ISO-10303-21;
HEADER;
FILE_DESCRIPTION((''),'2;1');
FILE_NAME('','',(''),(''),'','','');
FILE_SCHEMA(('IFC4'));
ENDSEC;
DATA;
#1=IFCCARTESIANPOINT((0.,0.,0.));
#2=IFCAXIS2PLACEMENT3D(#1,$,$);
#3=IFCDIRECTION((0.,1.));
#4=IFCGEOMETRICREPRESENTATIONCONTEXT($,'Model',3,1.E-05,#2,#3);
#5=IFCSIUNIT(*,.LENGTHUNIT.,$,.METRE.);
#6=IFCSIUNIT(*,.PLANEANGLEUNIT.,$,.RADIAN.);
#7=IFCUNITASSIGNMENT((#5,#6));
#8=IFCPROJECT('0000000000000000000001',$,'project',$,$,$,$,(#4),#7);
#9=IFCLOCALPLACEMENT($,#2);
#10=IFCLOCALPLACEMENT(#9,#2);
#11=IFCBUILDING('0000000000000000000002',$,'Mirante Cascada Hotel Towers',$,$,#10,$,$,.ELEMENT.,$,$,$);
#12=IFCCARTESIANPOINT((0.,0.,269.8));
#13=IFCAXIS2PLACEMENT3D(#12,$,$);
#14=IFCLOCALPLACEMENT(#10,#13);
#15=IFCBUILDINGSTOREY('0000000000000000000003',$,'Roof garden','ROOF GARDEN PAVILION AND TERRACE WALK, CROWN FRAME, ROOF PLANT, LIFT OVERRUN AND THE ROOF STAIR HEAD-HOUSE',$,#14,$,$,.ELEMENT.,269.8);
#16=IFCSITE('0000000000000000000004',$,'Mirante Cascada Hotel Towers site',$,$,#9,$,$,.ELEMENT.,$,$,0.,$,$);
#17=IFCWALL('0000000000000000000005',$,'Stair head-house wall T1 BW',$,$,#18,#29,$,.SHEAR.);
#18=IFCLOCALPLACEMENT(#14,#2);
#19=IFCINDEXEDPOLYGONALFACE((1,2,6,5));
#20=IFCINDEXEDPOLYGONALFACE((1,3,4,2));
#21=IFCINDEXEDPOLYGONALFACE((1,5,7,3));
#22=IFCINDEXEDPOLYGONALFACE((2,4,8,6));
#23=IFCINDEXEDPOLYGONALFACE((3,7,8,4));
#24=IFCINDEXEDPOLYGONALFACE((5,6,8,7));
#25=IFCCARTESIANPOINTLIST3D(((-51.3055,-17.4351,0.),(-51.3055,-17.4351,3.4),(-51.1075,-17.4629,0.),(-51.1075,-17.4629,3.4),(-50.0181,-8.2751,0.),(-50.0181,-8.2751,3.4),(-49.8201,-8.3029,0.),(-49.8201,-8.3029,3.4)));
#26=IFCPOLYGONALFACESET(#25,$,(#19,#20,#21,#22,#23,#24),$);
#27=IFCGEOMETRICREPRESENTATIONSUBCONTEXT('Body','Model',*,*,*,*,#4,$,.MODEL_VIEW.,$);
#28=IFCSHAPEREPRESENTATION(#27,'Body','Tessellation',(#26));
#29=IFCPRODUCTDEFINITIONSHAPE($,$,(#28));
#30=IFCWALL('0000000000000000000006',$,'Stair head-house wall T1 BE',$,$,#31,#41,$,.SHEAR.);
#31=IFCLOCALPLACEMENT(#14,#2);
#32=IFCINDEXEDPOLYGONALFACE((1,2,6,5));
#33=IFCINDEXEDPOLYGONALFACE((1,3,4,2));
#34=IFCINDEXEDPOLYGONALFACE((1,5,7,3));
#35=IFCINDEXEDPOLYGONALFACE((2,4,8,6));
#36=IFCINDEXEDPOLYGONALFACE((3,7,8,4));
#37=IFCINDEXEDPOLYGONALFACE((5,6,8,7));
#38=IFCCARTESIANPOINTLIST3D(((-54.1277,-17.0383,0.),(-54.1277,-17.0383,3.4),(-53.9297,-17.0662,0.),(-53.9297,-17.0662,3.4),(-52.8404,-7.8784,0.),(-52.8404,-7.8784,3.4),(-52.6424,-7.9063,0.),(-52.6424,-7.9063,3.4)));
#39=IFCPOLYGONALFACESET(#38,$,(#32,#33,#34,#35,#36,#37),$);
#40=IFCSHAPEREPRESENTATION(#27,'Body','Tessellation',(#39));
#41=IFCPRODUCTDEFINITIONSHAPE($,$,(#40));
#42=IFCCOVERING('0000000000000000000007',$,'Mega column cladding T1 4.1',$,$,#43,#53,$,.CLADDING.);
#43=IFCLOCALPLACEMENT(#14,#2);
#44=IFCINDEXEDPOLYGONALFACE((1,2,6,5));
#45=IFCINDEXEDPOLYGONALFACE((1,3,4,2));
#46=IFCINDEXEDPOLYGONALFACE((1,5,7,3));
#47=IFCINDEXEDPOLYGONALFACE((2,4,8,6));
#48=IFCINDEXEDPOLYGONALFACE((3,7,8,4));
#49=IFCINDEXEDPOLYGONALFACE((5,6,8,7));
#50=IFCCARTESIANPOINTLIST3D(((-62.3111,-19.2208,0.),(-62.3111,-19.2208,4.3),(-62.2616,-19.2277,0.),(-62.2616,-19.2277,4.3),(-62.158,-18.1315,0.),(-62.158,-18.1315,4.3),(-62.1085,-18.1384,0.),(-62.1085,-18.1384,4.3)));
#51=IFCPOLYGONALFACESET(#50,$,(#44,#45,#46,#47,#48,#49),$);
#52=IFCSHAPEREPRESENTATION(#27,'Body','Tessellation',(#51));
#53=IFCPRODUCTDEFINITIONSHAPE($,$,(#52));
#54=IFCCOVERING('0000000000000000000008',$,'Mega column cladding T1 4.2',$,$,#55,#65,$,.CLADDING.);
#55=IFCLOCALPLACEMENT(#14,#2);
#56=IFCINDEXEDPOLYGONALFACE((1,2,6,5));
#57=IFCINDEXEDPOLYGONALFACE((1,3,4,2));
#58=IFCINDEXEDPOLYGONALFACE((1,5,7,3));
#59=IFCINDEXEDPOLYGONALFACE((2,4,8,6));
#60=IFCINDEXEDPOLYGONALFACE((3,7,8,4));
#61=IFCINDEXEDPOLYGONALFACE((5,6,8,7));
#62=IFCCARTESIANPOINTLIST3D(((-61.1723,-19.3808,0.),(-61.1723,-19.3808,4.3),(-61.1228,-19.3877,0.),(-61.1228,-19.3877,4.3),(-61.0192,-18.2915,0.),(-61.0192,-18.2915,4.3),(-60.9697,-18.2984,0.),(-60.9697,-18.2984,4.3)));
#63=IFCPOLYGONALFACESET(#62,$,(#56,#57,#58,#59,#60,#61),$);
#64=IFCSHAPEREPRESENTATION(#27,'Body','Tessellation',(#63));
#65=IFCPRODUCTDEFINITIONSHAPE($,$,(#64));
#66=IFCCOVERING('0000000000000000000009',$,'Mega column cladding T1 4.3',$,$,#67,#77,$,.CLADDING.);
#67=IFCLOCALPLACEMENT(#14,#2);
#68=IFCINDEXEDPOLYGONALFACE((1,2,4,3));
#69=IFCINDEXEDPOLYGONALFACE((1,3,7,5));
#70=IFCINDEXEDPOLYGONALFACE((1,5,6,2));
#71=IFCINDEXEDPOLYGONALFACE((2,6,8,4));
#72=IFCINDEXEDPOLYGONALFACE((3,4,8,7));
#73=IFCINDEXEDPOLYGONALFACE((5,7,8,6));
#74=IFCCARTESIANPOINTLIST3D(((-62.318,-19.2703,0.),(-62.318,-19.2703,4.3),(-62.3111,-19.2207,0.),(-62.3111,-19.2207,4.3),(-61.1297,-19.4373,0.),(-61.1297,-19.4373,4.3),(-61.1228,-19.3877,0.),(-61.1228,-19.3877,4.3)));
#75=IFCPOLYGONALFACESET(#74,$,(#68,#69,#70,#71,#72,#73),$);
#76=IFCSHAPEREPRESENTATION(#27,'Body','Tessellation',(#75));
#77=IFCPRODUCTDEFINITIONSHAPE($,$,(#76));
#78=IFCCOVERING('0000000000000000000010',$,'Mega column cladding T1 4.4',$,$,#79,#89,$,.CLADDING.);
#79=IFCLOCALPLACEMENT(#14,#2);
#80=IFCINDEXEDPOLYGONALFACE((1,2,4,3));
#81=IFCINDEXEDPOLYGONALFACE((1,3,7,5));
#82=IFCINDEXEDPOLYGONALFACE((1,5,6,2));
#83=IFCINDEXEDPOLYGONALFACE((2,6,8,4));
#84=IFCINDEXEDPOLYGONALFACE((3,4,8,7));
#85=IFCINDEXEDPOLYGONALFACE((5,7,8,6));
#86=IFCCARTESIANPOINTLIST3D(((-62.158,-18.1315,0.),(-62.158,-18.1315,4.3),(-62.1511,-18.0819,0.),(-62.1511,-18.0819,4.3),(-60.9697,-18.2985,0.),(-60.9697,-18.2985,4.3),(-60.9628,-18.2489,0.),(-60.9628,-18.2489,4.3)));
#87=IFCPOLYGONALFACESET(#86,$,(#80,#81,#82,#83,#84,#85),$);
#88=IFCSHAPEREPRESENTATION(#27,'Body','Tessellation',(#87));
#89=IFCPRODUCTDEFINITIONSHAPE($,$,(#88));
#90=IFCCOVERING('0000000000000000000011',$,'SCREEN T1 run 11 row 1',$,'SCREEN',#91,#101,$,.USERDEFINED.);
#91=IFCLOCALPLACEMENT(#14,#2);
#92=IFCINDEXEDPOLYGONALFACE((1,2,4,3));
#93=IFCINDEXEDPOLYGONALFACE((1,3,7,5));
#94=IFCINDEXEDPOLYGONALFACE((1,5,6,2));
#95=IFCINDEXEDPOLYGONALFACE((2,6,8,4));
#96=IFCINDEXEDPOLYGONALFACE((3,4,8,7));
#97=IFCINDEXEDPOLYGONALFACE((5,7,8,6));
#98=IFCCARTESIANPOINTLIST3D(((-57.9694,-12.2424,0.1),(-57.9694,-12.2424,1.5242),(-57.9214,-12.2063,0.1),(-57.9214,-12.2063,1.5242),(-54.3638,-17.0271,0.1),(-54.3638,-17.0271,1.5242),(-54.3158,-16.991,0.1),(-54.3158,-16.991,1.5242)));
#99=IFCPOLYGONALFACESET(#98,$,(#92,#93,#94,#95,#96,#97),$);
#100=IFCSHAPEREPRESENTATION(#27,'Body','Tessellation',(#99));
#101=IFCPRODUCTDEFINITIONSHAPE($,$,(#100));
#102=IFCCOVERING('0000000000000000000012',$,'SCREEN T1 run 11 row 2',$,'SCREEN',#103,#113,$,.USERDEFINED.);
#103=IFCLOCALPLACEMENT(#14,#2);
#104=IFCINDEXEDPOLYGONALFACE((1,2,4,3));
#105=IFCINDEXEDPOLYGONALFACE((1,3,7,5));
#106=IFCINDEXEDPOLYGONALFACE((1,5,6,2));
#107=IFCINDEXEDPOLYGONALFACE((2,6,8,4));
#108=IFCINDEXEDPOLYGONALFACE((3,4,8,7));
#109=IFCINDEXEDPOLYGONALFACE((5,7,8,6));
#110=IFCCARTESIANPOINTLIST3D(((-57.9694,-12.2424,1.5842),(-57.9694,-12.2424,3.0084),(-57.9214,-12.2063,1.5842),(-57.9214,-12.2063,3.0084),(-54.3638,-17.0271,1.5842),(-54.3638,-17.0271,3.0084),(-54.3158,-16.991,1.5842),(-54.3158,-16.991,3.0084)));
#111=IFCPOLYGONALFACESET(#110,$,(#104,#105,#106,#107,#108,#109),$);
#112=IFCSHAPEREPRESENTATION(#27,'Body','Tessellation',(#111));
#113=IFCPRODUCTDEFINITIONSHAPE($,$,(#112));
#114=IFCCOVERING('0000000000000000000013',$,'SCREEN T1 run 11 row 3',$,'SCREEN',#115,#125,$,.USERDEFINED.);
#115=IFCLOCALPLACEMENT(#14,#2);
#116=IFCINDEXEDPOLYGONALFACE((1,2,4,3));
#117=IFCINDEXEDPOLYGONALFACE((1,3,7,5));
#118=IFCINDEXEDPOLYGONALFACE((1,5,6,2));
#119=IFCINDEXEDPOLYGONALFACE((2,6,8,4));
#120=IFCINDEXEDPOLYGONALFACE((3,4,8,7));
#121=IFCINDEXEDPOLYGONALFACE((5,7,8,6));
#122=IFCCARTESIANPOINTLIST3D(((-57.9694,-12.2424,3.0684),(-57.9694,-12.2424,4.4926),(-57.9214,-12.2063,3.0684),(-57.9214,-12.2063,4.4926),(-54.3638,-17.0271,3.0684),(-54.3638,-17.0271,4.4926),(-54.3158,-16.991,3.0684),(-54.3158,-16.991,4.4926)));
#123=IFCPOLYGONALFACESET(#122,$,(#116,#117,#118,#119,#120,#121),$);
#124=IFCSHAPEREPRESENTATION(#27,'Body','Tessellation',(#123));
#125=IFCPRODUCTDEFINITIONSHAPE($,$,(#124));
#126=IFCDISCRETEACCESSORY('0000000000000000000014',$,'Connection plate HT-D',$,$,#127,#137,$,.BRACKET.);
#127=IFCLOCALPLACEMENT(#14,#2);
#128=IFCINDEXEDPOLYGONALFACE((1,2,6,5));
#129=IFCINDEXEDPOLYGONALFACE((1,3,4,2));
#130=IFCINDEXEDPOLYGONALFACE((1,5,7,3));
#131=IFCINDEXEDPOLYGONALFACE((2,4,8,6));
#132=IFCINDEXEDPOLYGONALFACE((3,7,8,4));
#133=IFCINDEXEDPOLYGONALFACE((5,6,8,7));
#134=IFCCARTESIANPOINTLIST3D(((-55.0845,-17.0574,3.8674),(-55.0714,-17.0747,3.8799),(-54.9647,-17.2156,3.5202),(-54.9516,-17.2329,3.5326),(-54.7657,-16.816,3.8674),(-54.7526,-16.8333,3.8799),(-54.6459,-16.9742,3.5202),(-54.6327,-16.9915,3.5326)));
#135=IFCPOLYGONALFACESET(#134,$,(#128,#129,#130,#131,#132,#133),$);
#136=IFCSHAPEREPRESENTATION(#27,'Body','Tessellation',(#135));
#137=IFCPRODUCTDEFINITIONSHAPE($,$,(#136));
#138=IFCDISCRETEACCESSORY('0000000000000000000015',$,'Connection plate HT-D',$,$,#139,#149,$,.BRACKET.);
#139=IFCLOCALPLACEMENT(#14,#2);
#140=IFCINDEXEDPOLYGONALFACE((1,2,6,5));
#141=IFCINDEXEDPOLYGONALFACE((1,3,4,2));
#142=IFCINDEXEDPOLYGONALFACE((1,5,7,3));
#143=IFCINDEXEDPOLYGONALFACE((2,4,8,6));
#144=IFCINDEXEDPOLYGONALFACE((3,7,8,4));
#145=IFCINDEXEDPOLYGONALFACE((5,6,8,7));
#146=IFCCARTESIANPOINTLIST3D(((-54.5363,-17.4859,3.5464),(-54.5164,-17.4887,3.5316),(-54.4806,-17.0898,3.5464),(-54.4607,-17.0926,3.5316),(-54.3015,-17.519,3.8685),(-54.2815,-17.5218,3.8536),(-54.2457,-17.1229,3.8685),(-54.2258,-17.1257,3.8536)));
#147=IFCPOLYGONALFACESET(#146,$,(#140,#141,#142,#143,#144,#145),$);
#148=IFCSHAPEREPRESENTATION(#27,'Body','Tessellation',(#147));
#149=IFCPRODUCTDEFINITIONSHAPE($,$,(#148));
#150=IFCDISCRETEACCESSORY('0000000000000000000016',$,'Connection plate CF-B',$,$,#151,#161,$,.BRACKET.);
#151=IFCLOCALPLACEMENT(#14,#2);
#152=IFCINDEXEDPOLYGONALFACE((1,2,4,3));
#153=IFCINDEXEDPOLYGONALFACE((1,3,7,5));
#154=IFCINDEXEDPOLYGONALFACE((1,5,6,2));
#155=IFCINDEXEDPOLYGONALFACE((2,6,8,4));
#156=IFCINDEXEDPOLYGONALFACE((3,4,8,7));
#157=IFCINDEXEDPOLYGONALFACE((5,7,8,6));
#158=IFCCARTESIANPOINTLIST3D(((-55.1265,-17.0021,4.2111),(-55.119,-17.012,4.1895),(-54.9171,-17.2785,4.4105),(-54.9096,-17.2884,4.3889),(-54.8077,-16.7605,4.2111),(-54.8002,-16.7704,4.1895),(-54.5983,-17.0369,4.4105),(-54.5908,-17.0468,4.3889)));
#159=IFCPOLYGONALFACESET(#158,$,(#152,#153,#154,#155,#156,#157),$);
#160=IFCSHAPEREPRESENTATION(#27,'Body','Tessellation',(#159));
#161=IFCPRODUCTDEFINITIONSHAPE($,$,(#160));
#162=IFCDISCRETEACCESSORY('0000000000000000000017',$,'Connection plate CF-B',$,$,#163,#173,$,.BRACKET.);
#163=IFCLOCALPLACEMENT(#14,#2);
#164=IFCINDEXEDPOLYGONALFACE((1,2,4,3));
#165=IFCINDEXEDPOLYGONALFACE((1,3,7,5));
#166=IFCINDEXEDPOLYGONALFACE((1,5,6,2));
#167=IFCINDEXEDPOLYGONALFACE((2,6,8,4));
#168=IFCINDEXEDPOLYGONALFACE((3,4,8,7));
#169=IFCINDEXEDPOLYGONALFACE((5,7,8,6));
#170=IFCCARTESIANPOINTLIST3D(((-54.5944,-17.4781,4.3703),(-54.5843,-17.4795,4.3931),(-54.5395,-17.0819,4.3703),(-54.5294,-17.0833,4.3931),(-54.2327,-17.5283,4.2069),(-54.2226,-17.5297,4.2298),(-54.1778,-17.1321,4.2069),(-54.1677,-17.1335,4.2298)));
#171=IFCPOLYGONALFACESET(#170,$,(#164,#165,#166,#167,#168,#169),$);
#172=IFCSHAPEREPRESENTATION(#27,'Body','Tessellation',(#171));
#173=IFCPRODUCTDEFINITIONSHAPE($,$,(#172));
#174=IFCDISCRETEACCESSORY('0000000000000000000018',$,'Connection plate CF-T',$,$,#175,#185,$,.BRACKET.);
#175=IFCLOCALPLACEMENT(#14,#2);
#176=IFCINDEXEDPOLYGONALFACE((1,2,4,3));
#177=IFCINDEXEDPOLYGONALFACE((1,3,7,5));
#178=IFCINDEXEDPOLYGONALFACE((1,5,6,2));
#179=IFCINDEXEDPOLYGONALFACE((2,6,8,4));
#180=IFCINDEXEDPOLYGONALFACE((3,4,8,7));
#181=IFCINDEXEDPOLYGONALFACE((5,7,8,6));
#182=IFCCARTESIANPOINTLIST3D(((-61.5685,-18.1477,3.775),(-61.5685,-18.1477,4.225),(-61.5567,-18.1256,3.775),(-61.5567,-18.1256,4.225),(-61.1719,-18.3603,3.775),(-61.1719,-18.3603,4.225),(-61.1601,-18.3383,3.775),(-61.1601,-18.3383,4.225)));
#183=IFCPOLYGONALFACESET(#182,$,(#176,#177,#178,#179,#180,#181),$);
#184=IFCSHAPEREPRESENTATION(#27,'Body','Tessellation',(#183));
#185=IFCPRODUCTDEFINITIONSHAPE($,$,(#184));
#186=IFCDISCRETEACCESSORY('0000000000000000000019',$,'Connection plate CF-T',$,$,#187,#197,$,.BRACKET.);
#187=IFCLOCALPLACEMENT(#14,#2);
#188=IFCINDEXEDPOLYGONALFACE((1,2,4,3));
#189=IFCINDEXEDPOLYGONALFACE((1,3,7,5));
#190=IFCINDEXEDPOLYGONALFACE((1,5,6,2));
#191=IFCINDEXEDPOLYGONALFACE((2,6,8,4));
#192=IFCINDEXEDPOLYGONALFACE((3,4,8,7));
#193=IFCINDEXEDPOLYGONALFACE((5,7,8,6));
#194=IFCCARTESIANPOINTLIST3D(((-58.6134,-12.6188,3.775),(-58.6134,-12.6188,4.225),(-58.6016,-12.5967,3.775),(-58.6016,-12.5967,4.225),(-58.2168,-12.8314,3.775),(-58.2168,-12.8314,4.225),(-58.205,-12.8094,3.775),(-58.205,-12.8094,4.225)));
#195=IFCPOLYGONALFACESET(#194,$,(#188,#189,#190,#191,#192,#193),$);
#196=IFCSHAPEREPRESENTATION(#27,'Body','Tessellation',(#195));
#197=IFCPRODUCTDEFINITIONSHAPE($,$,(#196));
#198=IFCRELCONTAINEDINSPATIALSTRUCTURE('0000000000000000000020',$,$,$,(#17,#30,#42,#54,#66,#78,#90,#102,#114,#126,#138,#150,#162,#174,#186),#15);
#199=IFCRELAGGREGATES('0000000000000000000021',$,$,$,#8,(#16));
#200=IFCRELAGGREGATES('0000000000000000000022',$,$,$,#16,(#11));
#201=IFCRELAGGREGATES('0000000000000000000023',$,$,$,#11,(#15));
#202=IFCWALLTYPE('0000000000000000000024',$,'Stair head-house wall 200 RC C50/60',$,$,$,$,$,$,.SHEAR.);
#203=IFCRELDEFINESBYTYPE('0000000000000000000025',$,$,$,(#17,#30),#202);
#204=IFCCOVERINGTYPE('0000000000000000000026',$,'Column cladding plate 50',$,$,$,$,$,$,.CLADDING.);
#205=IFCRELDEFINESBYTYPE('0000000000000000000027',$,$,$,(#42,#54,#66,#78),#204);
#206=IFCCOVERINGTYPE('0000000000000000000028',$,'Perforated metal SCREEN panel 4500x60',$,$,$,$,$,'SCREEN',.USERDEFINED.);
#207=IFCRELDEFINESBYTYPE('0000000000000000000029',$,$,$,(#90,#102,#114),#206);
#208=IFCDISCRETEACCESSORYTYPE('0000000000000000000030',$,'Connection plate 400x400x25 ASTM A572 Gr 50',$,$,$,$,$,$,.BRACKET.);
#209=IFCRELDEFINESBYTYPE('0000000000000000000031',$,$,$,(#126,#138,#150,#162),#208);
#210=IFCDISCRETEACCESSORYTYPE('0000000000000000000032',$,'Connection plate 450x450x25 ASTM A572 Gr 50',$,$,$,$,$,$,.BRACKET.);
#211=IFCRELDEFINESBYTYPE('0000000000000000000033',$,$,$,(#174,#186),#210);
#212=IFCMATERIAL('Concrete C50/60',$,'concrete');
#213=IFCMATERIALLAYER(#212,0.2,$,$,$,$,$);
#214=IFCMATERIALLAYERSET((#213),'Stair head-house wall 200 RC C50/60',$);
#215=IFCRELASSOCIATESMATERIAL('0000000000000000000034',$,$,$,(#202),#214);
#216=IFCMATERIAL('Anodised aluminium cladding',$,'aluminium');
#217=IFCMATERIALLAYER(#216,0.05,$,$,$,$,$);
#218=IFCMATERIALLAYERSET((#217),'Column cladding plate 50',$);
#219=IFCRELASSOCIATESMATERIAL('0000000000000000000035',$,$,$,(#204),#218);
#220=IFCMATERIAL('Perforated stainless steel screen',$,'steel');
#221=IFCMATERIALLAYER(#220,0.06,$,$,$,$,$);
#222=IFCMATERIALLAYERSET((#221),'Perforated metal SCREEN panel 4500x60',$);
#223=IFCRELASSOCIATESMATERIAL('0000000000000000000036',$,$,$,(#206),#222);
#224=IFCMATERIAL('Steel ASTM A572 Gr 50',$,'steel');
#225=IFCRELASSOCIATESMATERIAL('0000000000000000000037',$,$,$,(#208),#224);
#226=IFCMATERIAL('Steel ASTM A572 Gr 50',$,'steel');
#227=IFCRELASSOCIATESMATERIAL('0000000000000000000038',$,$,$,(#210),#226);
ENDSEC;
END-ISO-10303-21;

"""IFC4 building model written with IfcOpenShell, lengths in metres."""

from ifc_helpers import new_model, si_unit, direction, frame, frame_2d, origin, origin_2d, place, context, subcontext, project, spatial, rectangle, extrude, material, layer, layer_set, material_profile, profile_set, type_object, element, save


model = new_model("IFC4")

# Units and contexts
model_context = context("Model", 3, precision=1e-05, world=origin(), true_north=direction((0.0, 1.0)))
body_context = subcontext(model_context, "Body", "Model", "MODEL_VIEW")
ifc_project = project(units=[si_unit("LENGTHUNIT", "METRE"), si_unit("PLANEANGLEUNIT", "RADIAN")], contexts=[model_context])

# Site, building, storey
site_placement = place(None, origin())
site = spatial("IfcSite", under=ifc_project, at=site_placement, Name="Mirante Cascada Hotel Towers site", CompositionType="ELEMENT", RefElevation=0.0)
building_placement = place(site_placement, origin())
building = spatial("IfcBuilding", under=site, at=building_placement, Name="Mirante Cascada Hotel Towers", CompositionType="ELEMENT")
storey_placement = place(building_placement, frame((0.0, 0.0, 269.8)))
storey = spatial("IfcBuildingStorey", under=building, at=storey_placement, Name="Roof garden", Description="ROOF GARDEN PAVILION AND TERRACE WALK, CROWN FRAME, ROOF PLANT, LIFT OVERRUN AND THE ROOF STAIR HEAD-HOUSE", CompositionType="ELEMENT", Elevation=269.8)

# Walls
ifc_material_1 = material(Name="Concrete C50/60", Category="concrete")
ifc_layer_1 = layer(ifc_material_1, 0.2)
ifc_layer_set_1 = layer_set([ifc_layer_1], Name="Stair head-house wall 200 RC C50/60")
wall_type_1 = type_object("IfcWallType", Name="Stair head-house wall 200 RC C50/60", PredefinedType="SHEAR", material=ifc_layer_set_1)
wall_1_placement = place(storey_placement, frame((-51.2065, -17.449, 0.0), z_axis=(0.0, 0.0, 1.0), x_axis=(0.139178, 0.990267, 0.0)))
element("IfcWall", 1, at=wall_1_placement, inside=storey, type_object=wall_type_1, Name="Stair head-house wall T1 BW", PredefinedType="SHEAR", context=body_context, shape_type="SweptSolid", body=[
    extrude(rectangle(XDim=9.25, YDim=0.2, at=frame_2d((4.625, 0.0))), origin(), (0.0, 0.0, 1.0), 3.4),
])
wall_2_placement = place(storey_placement, frame((-54.0287, -17.0523, 0.0), z_axis=(0.0, 0.0, 1.0), x_axis=(0.139169, 0.990269, 0.0)))
element("IfcWall", 2, at=wall_2_placement, inside=storey, type_object=wall_type_1, Name="Stair head-house wall T1 BE", PredefinedType="SHEAR", context=body_context, shape_type="SweptSolid", body=[
    extrude(rectangle(XDim=9.2499, YDim=0.2, at=frame_2d((4.625, 0.0))), origin(), (0.0, 0.0, 1.0), 3.4),
])

# Coverings
ifc_material_2 = material(Name="Anodised aluminium cladding", Category="aluminium")
ifc_layer_2 = layer(ifc_material_2, 0.05)
ifc_layer_set_2 = layer_set([ifc_layer_2], Name="Column cladding plate 50")
covering_type_1 = type_object("IfcCoveringType", Name="Column cladding plate 50", PredefinedType="CLADDING", material=ifc_layer_set_2)
for number, where, z_axis, x_axis, name in (
    (3, (-62.2098, -18.6796, 0.0), (0.0, 0.0, 1.0), (-0.990268, 0.139173, 0.0), "Mega column cladding T1 4.1"),
    (4, (-61.071, -18.8396, 0.0), (0.0, 0.0, 1.0), (-0.990268, 0.139173, 0.0), "Mega column cladding T1 4.2"),
):
    element("IfcCovering", number, at=place(storey_placement, frame(where, z_axis=z_axis, x_axis=x_axis)), inside=storey, type_object=covering_type_1, Name=name, PredefinedType="CLADDING", context=body_context, shape_type="SweptSolid", body=[
        extrude(rectangle(XDim=0.05, YDim=1.1, at=origin_2d()), origin(), (0.0, 0.0, 1.0), 4.3),
    ])
for number, where, z_axis, x_axis, name in (
    (5, (-61.7204, -19.329, 0.0), (0.0, 0.0, 1.0), (-0.990268, 0.139173, 0.0), "Mega column cladding T1 4.3"),
    (6, (-61.5604, -18.1902, 0.0), (0.0, 0.0, 1.0), (-0.990268, 0.139173, 0.0), "Mega column cladding T1 4.4"),
):
    element("IfcCovering", number, at=place(storey_placement, frame(where, z_axis=z_axis, x_axis=x_axis)), inside=storey, type_object=covering_type_1, Name=name, PredefinedType="CLADDING", context=body_context, shape_type="SweptSolid", body=[
        extrude(rectangle(XDim=1.2, YDim=0.05, at=origin_2d()), origin(), (0.0, 0.0, 1.0), 4.3),
    ])
ifc_material_3 = material(Name="Perforated stainless steel screen", Category="steel")
ifc_layer_3 = layer(ifc_material_3, 0.06)
ifc_layer_set_3 = layer_set([ifc_layer_3], Name="Perforated metal SCREEN panel 4500x60")
covering_type_2 = type_object("IfcCoveringType", Name="Perforated metal SCREEN panel 4500x60", ElementType="SCREEN", PredefinedType="USERDEFINED", material=ifc_layer_set_3)
for number, where, z_axis, x_axis, name in (
    (7, (-56.1426, -14.6167, 0.1), (0.0, 0.0, 1.0), (0.601815, -0.798636, 0.0), "SCREEN T1 run 11 row 1"),
    (8, (-56.1426, -14.6167, 1.5842), (0.0, 0.0, 1.0), (0.601815, -0.798636, 0.0), "SCREEN T1 run 11 row 2"),
    (9, (-56.1426, -14.6167, 3.0684), (0.0, 0.0, 1.0), (0.601815, -0.798636, 0.0), "SCREEN T1 run 11 row 3"),
):
    element("IfcCovering", number, at=place(storey_placement, frame(where, z_axis=z_axis, x_axis=x_axis)), inside=storey, type_object=covering_type_2, Name=name, ObjectType="SCREEN", PredefinedType="USERDEFINED", context=body_context, shape_type="SweptSolid", body=[
        extrude(rectangle(XDim=5.9912, YDim=0.06, at=origin_2d()), origin(), (0.0, 0.0, 1.0), 1.4242),
    ])

# Discrete accessories
ifc_material_4 = material(Name="Steel ASTM A572 Gr 50", Category="steel")
ifc_material_profile_1 = material_profile(ifc_material_4, rectangle(XDim=0.4, YDim=0.4, at=origin_2d()), Name="Connection plate 400x400x25 ASTM A572 Gr 50")
ifc_profile_set_1 = profile_set([ifc_material_profile_1], Name="Steel ASTM A572 Gr 50")
discrete_accessory_type_1 = type_object("IfcDiscreteAccessoryType", Name="Connection plate 400x400x25 ASTM A572 Gr 50", PredefinedType="BRACKET", material=ifc_profile_set_1)
for number, where, z_axis, x_axis, name in (
    (10, (-54.8652, -17.0158, 3.6938), (0.524143, -0.692188, 0.496135), (0.797227, 0.60368, 0.0), "Connection plate HT-D"),
    (11, (-54.3711, -17.3072, 3.6926), (-0.797347, 0.112189, 0.593002), (-0.139331, -0.990246, 0.0), "Connection plate HT-D"),
):
    element("IfcDiscreteAccessory", number, at=place(storey_placement, frame(where, z_axis=z_axis, x_axis=x_axis)), inside=storey, type_object=discrete_accessory_type_1, Name=name, PredefinedType="BRACKET", context=body_context, shape_type="SweptSolid", body=[
        extrude(rectangle(XDim=0.4, YDim=0.4, at=origin_2d()), origin(), (0.0, 0.0, 1.0), 0.025),
    ])
discrete_accessory_1_placement = place(storey_placement, frame((-54.8549, -17.0294, 4.2892), z_axis=(-0.301008, 0.397331, 0.866904), x_axis=(-0.797092, -0.603858, 0.0)))
element("IfcDiscreteAccessory", 12, at=discrete_accessory_1_placement, inside=storey, type_object=discrete_accessory_type_1, Name="Connection plate CF-B", PredefinedType="BRACKET", context=body_context, shape_type="SweptSolid", body=[
    extrude(rectangle(XDim=0.4, YDim=0.4, at=origin_2d()), origin(), (0.0, 0.0, 1.0), 0.0249),
])
discrete_accessory_2_placement = place(storey_placement, frame((-54.3861, -17.3051, 4.2886), z_axis=(0.404385, -0.056053, 0.91287), x_axis=(0.137301, 0.990529, 0.0)))
element("IfcDiscreteAccessory", 13, at=discrete_accessory_2_placement, inside=storey, type_object=discrete_accessory_type_1, Name="Connection plate CF-B", PredefinedType="BRACKET", context=body_context, shape_type="SweptSolid", body=[
    extrude(rectangle(XDim=0.4, YDim=0.4, at=origin_2d()), origin(), (0.0, 0.0, 1.0), 0.025),
])
ifc_material_5 = material(Name="Steel ASTM A572 Gr 50", Category="steel")
ifc_material_profile_2 = material_profile(ifc_material_5, rectangle(XDim=0.45, YDim=0.45, at=origin_2d()), Name="Connection plate 450x450x25 ASTM A572 Gr 50")
ifc_profile_set_2 = profile_set([ifc_material_profile_2], Name="Steel ASTM A572 Gr 50")
discrete_accessory_type_2 = type_object("IfcDiscreteAccessoryType", Name="Connection plate 450x450x25 ASTM A572 Gr 50", PredefinedType="BRACKET", material=ifc_profile_set_2)
for number, where, z_axis, x_axis, name in (
    (14, (-61.3702, -18.254, 4.0), (0.472666, 0.881242, 0.0), (-0.881242, 0.472666, 0.0), "Connection plate CF-T"),
    (15, (-58.4151, -12.7251, 4.0), (0.472666, 0.881242, 0.0), (-0.881242, 0.472666, 0.0), "Connection plate CF-T"),
):
    element("IfcDiscreteAccessory", number, at=place(storey_placement, frame(where, z_axis=z_axis, x_axis=x_axis)), inside=storey, type_object=discrete_accessory_type_2, Name=name, PredefinedType="BRACKET", context=body_context, shape_type="SweptSolid", body=[
        extrude(rectangle(XDim=0.45, YDim=0.45, at=origin_2d()), origin(), (0.0, 0.0, 1.0), 0.025),
    ])

save(model, "model.ifc")
